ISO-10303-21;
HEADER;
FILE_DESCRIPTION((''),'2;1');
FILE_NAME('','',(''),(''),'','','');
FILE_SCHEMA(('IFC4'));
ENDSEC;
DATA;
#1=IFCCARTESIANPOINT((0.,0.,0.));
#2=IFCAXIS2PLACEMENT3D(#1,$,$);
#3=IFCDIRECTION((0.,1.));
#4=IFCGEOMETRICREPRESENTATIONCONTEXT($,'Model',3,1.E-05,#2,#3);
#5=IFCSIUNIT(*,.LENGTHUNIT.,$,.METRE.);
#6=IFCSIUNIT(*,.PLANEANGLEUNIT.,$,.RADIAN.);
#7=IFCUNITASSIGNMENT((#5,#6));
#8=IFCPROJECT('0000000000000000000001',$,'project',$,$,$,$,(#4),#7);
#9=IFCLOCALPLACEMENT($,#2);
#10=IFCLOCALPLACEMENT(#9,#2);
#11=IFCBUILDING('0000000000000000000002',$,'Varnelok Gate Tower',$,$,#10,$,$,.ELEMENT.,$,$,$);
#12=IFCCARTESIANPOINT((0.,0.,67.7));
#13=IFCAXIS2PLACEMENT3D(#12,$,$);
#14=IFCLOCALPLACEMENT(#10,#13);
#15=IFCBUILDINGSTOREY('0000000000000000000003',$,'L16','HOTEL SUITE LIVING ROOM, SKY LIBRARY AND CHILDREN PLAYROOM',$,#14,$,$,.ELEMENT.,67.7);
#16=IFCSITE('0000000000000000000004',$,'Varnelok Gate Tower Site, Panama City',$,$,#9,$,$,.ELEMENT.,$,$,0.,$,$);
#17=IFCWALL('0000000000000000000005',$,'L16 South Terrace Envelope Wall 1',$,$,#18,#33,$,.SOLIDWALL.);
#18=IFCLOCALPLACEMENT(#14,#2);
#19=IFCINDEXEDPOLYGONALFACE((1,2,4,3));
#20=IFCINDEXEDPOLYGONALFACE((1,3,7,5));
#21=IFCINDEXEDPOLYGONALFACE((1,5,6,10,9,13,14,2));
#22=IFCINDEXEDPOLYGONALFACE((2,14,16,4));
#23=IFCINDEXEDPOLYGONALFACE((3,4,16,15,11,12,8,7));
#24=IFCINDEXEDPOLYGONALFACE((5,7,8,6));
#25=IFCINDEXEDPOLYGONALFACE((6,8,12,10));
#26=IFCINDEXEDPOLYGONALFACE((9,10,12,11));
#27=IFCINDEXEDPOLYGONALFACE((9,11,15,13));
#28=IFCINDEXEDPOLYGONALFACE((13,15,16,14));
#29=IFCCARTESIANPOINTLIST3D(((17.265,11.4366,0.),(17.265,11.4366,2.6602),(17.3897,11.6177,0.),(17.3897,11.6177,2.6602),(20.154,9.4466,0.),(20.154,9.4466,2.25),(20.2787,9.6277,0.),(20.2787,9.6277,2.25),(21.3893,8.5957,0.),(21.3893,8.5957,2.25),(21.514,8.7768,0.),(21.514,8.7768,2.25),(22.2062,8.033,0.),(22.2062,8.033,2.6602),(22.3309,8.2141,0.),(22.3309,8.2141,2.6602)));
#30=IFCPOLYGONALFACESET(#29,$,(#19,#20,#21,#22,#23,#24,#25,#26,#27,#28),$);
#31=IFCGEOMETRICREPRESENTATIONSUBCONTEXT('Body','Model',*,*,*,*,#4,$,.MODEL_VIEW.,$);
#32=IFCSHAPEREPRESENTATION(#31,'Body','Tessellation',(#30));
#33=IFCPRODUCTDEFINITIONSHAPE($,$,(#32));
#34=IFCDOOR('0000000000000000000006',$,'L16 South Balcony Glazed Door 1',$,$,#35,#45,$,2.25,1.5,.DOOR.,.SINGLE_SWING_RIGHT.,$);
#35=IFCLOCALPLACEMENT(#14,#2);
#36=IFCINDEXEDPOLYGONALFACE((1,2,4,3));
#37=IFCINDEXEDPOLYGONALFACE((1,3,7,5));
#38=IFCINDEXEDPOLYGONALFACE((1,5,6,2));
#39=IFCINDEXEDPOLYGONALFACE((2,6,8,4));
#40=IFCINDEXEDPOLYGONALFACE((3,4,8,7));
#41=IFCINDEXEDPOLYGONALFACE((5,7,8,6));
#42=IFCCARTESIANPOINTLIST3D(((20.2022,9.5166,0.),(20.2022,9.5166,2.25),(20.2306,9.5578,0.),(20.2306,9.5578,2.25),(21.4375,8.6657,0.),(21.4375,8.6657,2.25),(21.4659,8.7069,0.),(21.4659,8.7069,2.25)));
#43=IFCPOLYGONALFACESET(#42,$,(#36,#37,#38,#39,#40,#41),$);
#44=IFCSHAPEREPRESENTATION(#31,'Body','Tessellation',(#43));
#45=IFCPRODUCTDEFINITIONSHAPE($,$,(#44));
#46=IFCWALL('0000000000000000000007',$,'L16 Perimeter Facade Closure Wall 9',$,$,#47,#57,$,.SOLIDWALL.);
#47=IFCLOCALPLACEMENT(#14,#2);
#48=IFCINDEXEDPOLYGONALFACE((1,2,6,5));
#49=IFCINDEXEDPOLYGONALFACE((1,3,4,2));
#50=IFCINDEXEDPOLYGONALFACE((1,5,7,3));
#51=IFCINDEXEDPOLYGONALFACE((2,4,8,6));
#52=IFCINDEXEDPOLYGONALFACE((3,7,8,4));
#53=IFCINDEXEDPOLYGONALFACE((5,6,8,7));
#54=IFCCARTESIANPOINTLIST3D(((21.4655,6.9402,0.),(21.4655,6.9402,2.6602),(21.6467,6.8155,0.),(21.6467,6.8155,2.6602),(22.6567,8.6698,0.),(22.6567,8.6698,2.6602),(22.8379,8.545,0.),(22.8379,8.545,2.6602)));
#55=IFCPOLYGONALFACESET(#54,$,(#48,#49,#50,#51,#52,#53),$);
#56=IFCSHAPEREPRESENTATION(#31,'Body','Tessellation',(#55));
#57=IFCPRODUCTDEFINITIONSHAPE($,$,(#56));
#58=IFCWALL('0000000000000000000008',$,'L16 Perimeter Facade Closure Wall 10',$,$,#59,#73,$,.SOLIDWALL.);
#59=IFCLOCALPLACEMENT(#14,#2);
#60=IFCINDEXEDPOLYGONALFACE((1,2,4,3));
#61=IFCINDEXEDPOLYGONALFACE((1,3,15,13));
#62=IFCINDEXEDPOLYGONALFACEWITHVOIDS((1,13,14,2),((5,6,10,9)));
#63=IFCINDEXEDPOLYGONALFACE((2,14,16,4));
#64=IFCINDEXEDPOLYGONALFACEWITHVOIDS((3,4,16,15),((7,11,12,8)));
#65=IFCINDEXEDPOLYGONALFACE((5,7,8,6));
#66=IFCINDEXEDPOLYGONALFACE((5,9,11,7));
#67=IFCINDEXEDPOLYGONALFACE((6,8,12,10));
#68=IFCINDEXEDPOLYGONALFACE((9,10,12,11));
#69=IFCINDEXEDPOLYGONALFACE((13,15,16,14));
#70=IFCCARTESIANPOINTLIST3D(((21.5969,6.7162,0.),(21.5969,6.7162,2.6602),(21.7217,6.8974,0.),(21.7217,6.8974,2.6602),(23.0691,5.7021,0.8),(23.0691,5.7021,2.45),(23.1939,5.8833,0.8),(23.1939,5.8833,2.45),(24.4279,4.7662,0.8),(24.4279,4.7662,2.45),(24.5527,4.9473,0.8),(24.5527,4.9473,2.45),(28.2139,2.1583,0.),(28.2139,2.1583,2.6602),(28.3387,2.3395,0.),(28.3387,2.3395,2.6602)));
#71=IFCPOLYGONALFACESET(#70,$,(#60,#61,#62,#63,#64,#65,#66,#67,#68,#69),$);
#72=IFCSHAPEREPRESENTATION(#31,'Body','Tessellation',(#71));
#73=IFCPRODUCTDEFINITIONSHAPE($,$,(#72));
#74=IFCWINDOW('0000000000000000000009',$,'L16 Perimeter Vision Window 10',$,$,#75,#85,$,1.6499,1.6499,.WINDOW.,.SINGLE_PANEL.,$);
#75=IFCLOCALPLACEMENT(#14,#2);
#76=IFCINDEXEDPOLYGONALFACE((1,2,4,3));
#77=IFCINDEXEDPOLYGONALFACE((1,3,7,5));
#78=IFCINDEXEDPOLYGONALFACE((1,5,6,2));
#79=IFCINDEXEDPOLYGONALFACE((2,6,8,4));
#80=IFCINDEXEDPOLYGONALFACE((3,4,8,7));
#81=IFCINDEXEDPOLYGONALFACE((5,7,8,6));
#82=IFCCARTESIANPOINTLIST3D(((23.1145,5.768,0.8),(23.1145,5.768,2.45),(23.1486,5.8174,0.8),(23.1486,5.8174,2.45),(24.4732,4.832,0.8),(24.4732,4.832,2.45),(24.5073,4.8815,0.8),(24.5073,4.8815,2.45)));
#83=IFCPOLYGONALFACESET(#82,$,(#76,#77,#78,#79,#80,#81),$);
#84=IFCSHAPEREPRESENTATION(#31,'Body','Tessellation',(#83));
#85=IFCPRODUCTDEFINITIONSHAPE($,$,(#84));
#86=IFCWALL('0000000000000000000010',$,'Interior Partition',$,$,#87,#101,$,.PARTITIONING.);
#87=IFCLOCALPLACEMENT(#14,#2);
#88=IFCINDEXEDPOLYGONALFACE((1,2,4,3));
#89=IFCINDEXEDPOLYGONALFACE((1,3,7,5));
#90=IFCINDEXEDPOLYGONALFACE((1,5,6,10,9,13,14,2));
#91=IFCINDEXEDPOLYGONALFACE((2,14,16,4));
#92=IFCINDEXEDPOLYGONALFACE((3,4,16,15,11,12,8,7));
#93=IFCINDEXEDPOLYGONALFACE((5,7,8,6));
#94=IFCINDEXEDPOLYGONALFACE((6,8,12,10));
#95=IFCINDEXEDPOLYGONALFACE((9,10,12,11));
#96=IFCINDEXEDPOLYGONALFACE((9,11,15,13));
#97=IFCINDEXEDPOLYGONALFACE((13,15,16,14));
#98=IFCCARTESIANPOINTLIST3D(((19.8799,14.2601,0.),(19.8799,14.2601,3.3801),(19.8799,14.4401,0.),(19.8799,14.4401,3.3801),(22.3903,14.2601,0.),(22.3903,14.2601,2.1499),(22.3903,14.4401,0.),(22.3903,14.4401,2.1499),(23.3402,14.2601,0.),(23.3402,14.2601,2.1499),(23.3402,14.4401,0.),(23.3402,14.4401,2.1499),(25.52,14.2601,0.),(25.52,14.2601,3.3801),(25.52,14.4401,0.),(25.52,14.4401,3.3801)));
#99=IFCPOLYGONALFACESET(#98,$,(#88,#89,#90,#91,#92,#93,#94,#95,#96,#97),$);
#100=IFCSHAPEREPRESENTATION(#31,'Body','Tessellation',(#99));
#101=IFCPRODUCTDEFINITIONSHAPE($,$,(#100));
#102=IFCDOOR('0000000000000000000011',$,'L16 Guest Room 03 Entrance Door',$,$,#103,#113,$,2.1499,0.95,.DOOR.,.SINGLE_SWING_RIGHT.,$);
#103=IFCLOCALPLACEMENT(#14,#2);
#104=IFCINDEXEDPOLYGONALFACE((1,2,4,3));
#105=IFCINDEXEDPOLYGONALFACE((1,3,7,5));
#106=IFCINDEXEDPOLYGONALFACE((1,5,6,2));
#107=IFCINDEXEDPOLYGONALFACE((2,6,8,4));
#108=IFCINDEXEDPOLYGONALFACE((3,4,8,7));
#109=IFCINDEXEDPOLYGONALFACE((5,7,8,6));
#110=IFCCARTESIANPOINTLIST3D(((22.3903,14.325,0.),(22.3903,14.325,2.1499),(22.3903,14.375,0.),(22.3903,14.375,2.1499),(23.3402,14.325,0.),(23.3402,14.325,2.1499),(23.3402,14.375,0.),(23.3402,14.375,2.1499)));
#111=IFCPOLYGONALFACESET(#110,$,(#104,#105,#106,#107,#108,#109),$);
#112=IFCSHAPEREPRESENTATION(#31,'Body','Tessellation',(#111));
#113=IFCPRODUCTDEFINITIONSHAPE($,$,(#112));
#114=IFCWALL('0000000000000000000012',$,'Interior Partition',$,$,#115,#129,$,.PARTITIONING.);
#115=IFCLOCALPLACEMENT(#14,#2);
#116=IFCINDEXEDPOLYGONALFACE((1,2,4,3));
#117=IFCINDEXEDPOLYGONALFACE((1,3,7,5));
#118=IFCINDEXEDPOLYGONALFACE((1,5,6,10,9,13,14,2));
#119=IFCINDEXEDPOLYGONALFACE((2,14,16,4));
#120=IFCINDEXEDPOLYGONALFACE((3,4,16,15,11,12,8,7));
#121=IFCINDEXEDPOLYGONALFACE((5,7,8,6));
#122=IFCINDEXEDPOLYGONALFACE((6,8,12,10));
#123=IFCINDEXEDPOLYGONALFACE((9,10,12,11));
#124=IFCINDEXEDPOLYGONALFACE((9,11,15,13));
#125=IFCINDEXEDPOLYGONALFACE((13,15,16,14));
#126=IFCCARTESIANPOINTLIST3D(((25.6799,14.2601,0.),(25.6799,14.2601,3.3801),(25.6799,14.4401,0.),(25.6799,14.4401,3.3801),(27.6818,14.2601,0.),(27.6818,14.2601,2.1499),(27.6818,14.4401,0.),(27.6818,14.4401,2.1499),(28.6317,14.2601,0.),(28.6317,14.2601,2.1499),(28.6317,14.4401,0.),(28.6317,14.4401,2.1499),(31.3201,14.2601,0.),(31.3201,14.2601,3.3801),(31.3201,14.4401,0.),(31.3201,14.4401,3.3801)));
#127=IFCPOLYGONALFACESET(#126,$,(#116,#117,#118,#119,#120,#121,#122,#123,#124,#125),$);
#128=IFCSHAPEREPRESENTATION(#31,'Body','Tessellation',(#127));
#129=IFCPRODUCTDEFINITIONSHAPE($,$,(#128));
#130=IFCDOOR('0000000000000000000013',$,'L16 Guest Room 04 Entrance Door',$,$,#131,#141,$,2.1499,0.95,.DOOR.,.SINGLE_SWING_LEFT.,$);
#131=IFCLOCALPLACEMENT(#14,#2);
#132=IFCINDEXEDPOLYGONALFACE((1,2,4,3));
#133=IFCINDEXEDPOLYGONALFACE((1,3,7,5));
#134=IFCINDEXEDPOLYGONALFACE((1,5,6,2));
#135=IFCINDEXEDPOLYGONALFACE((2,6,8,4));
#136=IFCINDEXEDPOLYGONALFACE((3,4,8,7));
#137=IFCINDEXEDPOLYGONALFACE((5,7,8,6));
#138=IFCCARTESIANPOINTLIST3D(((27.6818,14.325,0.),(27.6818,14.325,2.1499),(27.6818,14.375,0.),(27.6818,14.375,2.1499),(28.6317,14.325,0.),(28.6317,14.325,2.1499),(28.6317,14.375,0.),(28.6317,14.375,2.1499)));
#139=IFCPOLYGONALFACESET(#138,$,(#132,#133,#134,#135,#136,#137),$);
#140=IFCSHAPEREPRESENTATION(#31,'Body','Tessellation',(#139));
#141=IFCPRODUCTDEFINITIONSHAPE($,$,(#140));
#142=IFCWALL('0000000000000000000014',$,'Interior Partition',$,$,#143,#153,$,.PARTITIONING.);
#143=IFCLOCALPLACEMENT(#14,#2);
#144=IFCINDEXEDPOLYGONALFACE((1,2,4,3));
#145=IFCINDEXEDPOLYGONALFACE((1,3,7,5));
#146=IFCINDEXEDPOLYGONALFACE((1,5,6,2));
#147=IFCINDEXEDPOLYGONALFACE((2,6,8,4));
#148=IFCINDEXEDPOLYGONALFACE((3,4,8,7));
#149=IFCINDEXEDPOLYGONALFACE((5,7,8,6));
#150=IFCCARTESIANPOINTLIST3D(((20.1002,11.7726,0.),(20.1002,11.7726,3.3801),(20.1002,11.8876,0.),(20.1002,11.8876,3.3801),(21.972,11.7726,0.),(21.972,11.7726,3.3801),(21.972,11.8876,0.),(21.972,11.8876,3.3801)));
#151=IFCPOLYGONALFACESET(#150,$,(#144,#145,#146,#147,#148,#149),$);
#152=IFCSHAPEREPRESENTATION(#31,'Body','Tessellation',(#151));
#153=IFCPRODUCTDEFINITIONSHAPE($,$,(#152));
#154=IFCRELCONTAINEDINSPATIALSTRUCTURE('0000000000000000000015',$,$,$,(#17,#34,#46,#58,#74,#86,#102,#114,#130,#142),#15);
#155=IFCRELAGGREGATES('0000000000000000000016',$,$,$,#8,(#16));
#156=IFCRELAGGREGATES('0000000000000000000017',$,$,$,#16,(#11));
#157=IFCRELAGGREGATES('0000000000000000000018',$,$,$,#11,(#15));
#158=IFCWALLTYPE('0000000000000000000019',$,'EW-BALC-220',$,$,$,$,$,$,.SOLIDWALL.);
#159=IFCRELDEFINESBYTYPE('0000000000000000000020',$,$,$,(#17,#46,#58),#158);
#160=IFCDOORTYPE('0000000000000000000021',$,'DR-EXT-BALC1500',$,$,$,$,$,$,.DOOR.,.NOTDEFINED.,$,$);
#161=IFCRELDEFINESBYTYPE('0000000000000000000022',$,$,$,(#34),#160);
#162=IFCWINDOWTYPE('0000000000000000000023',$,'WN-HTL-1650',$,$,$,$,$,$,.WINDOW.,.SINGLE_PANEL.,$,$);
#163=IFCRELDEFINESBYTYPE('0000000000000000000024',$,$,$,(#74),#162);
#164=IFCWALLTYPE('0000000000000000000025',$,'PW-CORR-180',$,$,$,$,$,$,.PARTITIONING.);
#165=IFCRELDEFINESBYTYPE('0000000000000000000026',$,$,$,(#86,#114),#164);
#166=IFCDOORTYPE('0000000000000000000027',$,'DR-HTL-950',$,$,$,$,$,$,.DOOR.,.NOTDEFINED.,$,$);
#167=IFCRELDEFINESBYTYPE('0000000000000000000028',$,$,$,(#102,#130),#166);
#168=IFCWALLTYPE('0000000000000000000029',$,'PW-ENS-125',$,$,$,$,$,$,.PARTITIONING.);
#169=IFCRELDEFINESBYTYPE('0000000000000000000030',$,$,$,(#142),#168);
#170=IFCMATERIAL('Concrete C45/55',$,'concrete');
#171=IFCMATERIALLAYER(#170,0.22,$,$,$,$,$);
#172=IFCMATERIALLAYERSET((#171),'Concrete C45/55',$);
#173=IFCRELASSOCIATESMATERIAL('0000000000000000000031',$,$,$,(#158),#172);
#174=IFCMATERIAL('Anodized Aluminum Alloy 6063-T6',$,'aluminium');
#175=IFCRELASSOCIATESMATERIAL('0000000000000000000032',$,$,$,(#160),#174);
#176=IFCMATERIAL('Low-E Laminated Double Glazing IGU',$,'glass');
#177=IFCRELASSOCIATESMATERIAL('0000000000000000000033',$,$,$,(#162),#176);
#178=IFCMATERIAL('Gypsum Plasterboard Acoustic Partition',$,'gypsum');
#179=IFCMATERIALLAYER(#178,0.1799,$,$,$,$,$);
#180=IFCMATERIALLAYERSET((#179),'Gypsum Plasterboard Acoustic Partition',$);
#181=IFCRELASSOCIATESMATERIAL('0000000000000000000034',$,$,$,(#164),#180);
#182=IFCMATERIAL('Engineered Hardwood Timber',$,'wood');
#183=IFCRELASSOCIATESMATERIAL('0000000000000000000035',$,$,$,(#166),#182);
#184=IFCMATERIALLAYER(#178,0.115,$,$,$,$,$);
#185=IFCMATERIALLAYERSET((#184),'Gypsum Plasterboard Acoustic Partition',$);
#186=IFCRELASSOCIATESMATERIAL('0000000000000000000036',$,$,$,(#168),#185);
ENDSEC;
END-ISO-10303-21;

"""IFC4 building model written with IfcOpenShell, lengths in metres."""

from ifc_helpers import new_model, si_unit, direction, frame, frame_2d, origin, place, context, subcontext, project, spatial, rectangle, extrude, material, layer, layer_set, type_object, element, fill, save


model = new_model("IFC4")

# Units and contexts
model_context = context("Model", 3, precision=1e-05, world=origin(), true_north=direction((0.0, 1.0)))
body_context = subcontext(model_context, "Body", "Model", "MODEL_VIEW")
ifc_project = project(units=[si_unit("LENGTHUNIT", "METRE"), si_unit("PLANEANGLEUNIT", "RADIAN")], contexts=[model_context])

# Site, building, storey
site_placement = place(None, origin())
site = spatial("IfcSite", under=ifc_project, at=site_placement, Name="Varnelok Gate Tower Site, Panama City", CompositionType="ELEMENT", RefElevation=0.0)
building_placement = place(site_placement, origin())
building = spatial("IfcBuilding", under=site, at=building_placement, Name="Varnelok Gate Tower", CompositionType="ELEMENT")
storey_placement = place(building_placement, frame((0.0, 0.0, 67.7)))
storey = spatial("IfcBuildingStorey", under=building, at=storey_placement, Name="L16", Description="HOTEL SUITE LIVING ROOM, SKY LIBRARY AND CHILDREN PLAYROOM", CompositionType="ELEMENT", Elevation=67.7)

# Wall, opening, door
ifc_material_1 = material(Name="Concrete C45/55", Category="concrete")
ifc_layer_1 = layer(ifc_material_1, 0.22)
ifc_layer_set_1 = layer_set([ifc_layer_1], Name="Concrete C45/55")
wall_type_1 = type_object("IfcWallType", Name="EW-BALC-220", PredefinedType="SOLIDWALL", material=ifc_layer_set_1)
wall_1_placement = place(storey_placement, frame((22.2686, 8.1235, 0.0), z_axis=(0.0, 0.0, 1.0), x_axis=(-0.823535, 0.567266, 0.0)))
wall_1 = element("IfcWall", 1, at=wall_1_placement, inside=storey, type_object=wall_type_1, Name="L16 South Terrace Envelope Wall 1", PredefinedType="SOLIDWALL", context=body_context, shape_type="SweptSolid", body=[
    extrude(rectangle(XDim=6.0, YDim=0.22, at=frame_2d((3.0, 0.0))), origin(), (0.0, 0.0, 1.0), 2.6602),
])
opening_1_placement = place(wall_1_placement, frame((0.9919, 0.0, 0.0)))
opening_1 = element("IfcOpeningElement", 2, at=opening_1_placement, cuts=wall_1, PredefinedType="OPENING", context=body_context, shape_type="SweptSolid", body=[
    extrude(rectangle(XDim=1.5, YDim=2.25, at=frame_2d((0.75, 1.125))), frame((0.0, 0.1199, 0.0), z_axis=(0.0, -1.0, 0.0), x_axis=(1.0, 0.0, 0.0)), (0.0, 0.0, 1.0), 0.24),
])
ifc_material_2 = material(Name="Anodized Aluminum Alloy 6063-T6", Category="aluminium")
door_type_1 = type_object("IfcDoorType", Name="DR-EXT-BALC1500", OperationType="NOTDEFINED", PredefinedType="DOOR", material=ifc_material_2)
door_1_placement = place(opening_1_placement, origin())
door_1 = element("IfcDoor", 3, at=door_1_placement, inside=storey, type_object=door_type_1, Name="L16 South Balcony Glazed Door 1", OperationType="SINGLE_SWING_RIGHT", OverallHeight=2.25, OverallWidth=1.5, PredefinedType="DOOR", context=body_context, shape_type="SweptSolid", body=[
    extrude(rectangle(XDim=1.5, YDim=2.25, at=frame_2d((0.75, 1.125))), frame((0.0, 0.0249, 0.0), z_axis=(0.0, -1.0, 0.0), x_axis=(1.0, 0.0, 0.0)), (0.0, 0.0, 1.0), 0.05),
])
fill(opening_1, door_1)

# Wall
wall_2_placement = place(storey_placement, frame((22.7473, 8.6074, 0.0), z_axis=(0.0, 0.0, 1.0), x_axis=(-0.567219, -0.823567, 0.0)))
element("IfcWall", 4, at=wall_2_placement, inside=storey, type_object=wall_type_1, Name="L16 Perimeter Facade Closure Wall 9", PredefinedType="SOLIDWALL", context=body_context, shape_type="SweptSolid", body=[
    extrude(rectangle(XDim=2.1001, YDim=0.22, at=frame_2d((1.05, 0.0))), origin(), (0.0, 0.0, 1.0), 2.6602),
])

# Wall, opening, window
wall_3_placement = place(storey_placement, frame((21.6592, 6.8069, 0.0), z_axis=(0.0, 0.0, 1.0), x_axis=(0.823535, -0.567265, 0.0)))
wall_3 = element("IfcWall", 5, at=wall_3_placement, inside=storey, type_object=wall_type_1, Name="L16 Perimeter Facade Closure Wall 10", PredefinedType="SOLIDWALL", context=body_context, shape_type="SweptSolid", body=[
    extrude(rectangle(XDim=8.0349, YDim=0.22, at=frame_2d((4.0176, 0.0))), origin(), (0.0, 0.0, 1.0), 2.6602),
])
opening_2_placement = place(wall_3_placement, frame((1.7878, 0.0, 0.8)))
opening_2 = element("IfcOpeningElement", 6, at=opening_2_placement, cuts=wall_3, PredefinedType="OPENING", context=body_context, shape_type="SweptSolid", body=[
    extrude(rectangle(XDim=1.6499, YDim=1.6499, at=frame_2d((0.825, 0.825))), frame((0.0, 0.1199, 0.0), z_axis=(0.0, -1.0, 0.0), x_axis=(1.0, 0.0, 0.0)), (0.0, 0.0, 1.0), 0.24),
])
ifc_material_3 = material(Name="Low-E Laminated Double Glazing IGU", Category="glass")
window_type = type_object("IfcWindowType", Name="WN-HTL-1650", PartitioningType="SINGLE_PANEL", PredefinedType="WINDOW", material=ifc_material_3)
window_placement = place(opening_2_placement, origin())
window = element("IfcWindow", 7, at=window_placement, inside=storey, type_object=window_type, Name="L16 Perimeter Vision Window 10", OverallHeight=1.6499, OverallWidth=1.6499, PartitioningType="SINGLE_PANEL", PredefinedType="WINDOW", context=body_context, shape_type="SweptSolid", body=[
    extrude(rectangle(XDim=1.6499, YDim=1.6499, at=frame_2d((0.825, 0.825))), frame((0.0, 0.03, 0.0), z_axis=(0.0, -1.0, 0.0), x_axis=(1.0, 0.0, 0.0)), (0.0, 0.0, 1.0), 0.0601),
])
fill(opening_2, window)

# Walls, openings, doors
ifc_material_4 = material(Name="Gypsum Plasterboard Acoustic Partition", Category="gypsum")
ifc_layer_2 = layer(ifc_material_4, 0.1799)
ifc_layer_set_2 = layer_set([ifc_layer_2], Name="Gypsum Plasterboard Acoustic Partition")
wall_type_2 = type_object("IfcWallType", Name="PW-CORR-180", PredefinedType="PARTITIONING", material=ifc_layer_set_2)
wall_4_placement = place(storey_placement, frame((19.8799, 14.3501, 0.0), z_axis=(0.0, 0.0, 1.0), x_axis=(1.0, 0.0, 0.0)))
wall_4 = element("IfcWall", 8, at=wall_4_placement, inside=storey, type_object=wall_type_2, Name="Interior Partition", PredefinedType="PARTITIONING", context=body_context, shape_type="SweptSolid", body=[
    extrude(rectangle(XDim=5.6401, YDim=0.1799, at=frame_2d((2.8201, 0.0))), origin(), (0.0, 0.0, 1.0), 3.3801),
])
opening_3_placement = place(wall_4_placement, frame((2.5103, 0.0, 0.0)))
opening_3 = element("IfcOpeningElement", 9, at=opening_3_placement, cuts=wall_4, PredefinedType="OPENING", context=body_context, shape_type="SweptSolid", body=[
    extrude(rectangle(XDim=0.95, YDim=2.1499, at=frame_2d((0.4751, 1.075))), frame((0.0, 0.0999, 0.0), z_axis=(0.0, -1.0, 0.0), x_axis=(1.0, 0.0, 0.0)), (0.0, 0.0, 1.0), 0.2),
])
ifc_material_5 = material(Name="Engineered Hardwood Timber", Category="wood")
door_type_2 = type_object("IfcDoorType", Name="DR-HTL-950", OperationType="NOTDEFINED", PredefinedType="DOOR", material=ifc_material_5)
door_2_placement = place(opening_3_placement, origin())
door_2 = element("IfcDoor", 10, at=door_2_placement, inside=storey, type_object=door_type_2, Name="L16 Guest Room 03 Entrance Door", OperationType="SINGLE_SWING_RIGHT", OverallHeight=2.1499, OverallWidth=0.95, PredefinedType="DOOR", context=body_context, shape_type="SweptSolid", body=[
    extrude(rectangle(XDim=0.95, YDim=2.1499, at=frame_2d((0.4751, 1.075))), frame((0.0, 0.0249, 0.0), z_axis=(0.0, -1.0, 0.0), x_axis=(1.0, 0.0, 0.0)), (0.0, 0.0, 1.0), 0.05),
])
fill(opening_3, door_2)
wall_5_placement = place(storey_placement, frame((25.6799, 14.3501, 0.0), z_axis=(0.0, 0.0, 1.0), x_axis=(1.0, 0.0, 0.0)))
wall_5 = element("IfcWall", 11, at=wall_5_placement, inside=storey, type_object=wall_type_2, Name="Interior Partition", PredefinedType="PARTITIONING", context=body_context, shape_type="SweptSolid", body=[
    extrude(rectangle(XDim=5.6401, YDim=0.1799, at=frame_2d((2.8201, 0.0))), origin(), (0.0, 0.0, 1.0), 3.3801),
])
opening_4_placement = place(wall_5_placement, frame((2.0017, 0.0, 0.0)))
opening_4 = element("IfcOpeningElement", 12, at=opening_4_placement, cuts=wall_5, PredefinedType="OPENING", context=body_context, shape_type="SweptSolid", body=[
    extrude(rectangle(XDim=0.95, YDim=2.1499, at=frame_2d((0.4751, 1.075))), frame((0.0, 0.0999, 0.0), z_axis=(0.0, -1.0, 0.0), x_axis=(1.0, 0.0, 0.0)), (0.0, 0.0, 1.0), 0.2),
])
door_3_placement = place(opening_4_placement, origin())
door_3 = element("IfcDoor", 13, at=door_3_placement, inside=storey, type_object=door_type_2, Name="L16 Guest Room 04 Entrance Door", OperationType="SINGLE_SWING_LEFT", OverallHeight=2.1499, OverallWidth=0.95, PredefinedType="DOOR", context=body_context, shape_type="SweptSolid", body=[
    extrude(rectangle(XDim=0.95, YDim=2.1499, at=frame_2d((0.4751, 1.075))), frame((0.0, 0.0249, 0.0), z_axis=(0.0, -1.0, 0.0), x_axis=(1.0, 0.0, 0.0)), (0.0, 0.0, 1.0), 0.05),
])
fill(opening_4, door_3)

# Wall
ifc_layer_3 = layer(ifc_material_4, 0.115)
ifc_layer_set_3 = layer_set([ifc_layer_3], Name="Gypsum Plasterboard Acoustic Partition")
wall_type_3 = type_object("IfcWallType", Name="PW-ENS-125", PredefinedType="PARTITIONING", material=ifc_layer_set_3)
wall_6_placement = place(storey_placement, frame((20.1001, 11.8301, 0.0), z_axis=(0.0, 0.0, 1.0), x_axis=(1.0, 0.0, 0.0)))
element("IfcWall", 14, at=wall_6_placement, inside=storey, type_object=wall_type_3, Name="Interior Partition", PredefinedType="PARTITIONING", context=body_context, shape_type="SweptSolid", body=[
    extrude(rectangle(XDim=1.8718, YDim=0.115, at=frame_2d((0.936, 0.0))), origin(), (0.0, 0.0, 1.0), 3.3801),
])

save(model, "model.ifc")
